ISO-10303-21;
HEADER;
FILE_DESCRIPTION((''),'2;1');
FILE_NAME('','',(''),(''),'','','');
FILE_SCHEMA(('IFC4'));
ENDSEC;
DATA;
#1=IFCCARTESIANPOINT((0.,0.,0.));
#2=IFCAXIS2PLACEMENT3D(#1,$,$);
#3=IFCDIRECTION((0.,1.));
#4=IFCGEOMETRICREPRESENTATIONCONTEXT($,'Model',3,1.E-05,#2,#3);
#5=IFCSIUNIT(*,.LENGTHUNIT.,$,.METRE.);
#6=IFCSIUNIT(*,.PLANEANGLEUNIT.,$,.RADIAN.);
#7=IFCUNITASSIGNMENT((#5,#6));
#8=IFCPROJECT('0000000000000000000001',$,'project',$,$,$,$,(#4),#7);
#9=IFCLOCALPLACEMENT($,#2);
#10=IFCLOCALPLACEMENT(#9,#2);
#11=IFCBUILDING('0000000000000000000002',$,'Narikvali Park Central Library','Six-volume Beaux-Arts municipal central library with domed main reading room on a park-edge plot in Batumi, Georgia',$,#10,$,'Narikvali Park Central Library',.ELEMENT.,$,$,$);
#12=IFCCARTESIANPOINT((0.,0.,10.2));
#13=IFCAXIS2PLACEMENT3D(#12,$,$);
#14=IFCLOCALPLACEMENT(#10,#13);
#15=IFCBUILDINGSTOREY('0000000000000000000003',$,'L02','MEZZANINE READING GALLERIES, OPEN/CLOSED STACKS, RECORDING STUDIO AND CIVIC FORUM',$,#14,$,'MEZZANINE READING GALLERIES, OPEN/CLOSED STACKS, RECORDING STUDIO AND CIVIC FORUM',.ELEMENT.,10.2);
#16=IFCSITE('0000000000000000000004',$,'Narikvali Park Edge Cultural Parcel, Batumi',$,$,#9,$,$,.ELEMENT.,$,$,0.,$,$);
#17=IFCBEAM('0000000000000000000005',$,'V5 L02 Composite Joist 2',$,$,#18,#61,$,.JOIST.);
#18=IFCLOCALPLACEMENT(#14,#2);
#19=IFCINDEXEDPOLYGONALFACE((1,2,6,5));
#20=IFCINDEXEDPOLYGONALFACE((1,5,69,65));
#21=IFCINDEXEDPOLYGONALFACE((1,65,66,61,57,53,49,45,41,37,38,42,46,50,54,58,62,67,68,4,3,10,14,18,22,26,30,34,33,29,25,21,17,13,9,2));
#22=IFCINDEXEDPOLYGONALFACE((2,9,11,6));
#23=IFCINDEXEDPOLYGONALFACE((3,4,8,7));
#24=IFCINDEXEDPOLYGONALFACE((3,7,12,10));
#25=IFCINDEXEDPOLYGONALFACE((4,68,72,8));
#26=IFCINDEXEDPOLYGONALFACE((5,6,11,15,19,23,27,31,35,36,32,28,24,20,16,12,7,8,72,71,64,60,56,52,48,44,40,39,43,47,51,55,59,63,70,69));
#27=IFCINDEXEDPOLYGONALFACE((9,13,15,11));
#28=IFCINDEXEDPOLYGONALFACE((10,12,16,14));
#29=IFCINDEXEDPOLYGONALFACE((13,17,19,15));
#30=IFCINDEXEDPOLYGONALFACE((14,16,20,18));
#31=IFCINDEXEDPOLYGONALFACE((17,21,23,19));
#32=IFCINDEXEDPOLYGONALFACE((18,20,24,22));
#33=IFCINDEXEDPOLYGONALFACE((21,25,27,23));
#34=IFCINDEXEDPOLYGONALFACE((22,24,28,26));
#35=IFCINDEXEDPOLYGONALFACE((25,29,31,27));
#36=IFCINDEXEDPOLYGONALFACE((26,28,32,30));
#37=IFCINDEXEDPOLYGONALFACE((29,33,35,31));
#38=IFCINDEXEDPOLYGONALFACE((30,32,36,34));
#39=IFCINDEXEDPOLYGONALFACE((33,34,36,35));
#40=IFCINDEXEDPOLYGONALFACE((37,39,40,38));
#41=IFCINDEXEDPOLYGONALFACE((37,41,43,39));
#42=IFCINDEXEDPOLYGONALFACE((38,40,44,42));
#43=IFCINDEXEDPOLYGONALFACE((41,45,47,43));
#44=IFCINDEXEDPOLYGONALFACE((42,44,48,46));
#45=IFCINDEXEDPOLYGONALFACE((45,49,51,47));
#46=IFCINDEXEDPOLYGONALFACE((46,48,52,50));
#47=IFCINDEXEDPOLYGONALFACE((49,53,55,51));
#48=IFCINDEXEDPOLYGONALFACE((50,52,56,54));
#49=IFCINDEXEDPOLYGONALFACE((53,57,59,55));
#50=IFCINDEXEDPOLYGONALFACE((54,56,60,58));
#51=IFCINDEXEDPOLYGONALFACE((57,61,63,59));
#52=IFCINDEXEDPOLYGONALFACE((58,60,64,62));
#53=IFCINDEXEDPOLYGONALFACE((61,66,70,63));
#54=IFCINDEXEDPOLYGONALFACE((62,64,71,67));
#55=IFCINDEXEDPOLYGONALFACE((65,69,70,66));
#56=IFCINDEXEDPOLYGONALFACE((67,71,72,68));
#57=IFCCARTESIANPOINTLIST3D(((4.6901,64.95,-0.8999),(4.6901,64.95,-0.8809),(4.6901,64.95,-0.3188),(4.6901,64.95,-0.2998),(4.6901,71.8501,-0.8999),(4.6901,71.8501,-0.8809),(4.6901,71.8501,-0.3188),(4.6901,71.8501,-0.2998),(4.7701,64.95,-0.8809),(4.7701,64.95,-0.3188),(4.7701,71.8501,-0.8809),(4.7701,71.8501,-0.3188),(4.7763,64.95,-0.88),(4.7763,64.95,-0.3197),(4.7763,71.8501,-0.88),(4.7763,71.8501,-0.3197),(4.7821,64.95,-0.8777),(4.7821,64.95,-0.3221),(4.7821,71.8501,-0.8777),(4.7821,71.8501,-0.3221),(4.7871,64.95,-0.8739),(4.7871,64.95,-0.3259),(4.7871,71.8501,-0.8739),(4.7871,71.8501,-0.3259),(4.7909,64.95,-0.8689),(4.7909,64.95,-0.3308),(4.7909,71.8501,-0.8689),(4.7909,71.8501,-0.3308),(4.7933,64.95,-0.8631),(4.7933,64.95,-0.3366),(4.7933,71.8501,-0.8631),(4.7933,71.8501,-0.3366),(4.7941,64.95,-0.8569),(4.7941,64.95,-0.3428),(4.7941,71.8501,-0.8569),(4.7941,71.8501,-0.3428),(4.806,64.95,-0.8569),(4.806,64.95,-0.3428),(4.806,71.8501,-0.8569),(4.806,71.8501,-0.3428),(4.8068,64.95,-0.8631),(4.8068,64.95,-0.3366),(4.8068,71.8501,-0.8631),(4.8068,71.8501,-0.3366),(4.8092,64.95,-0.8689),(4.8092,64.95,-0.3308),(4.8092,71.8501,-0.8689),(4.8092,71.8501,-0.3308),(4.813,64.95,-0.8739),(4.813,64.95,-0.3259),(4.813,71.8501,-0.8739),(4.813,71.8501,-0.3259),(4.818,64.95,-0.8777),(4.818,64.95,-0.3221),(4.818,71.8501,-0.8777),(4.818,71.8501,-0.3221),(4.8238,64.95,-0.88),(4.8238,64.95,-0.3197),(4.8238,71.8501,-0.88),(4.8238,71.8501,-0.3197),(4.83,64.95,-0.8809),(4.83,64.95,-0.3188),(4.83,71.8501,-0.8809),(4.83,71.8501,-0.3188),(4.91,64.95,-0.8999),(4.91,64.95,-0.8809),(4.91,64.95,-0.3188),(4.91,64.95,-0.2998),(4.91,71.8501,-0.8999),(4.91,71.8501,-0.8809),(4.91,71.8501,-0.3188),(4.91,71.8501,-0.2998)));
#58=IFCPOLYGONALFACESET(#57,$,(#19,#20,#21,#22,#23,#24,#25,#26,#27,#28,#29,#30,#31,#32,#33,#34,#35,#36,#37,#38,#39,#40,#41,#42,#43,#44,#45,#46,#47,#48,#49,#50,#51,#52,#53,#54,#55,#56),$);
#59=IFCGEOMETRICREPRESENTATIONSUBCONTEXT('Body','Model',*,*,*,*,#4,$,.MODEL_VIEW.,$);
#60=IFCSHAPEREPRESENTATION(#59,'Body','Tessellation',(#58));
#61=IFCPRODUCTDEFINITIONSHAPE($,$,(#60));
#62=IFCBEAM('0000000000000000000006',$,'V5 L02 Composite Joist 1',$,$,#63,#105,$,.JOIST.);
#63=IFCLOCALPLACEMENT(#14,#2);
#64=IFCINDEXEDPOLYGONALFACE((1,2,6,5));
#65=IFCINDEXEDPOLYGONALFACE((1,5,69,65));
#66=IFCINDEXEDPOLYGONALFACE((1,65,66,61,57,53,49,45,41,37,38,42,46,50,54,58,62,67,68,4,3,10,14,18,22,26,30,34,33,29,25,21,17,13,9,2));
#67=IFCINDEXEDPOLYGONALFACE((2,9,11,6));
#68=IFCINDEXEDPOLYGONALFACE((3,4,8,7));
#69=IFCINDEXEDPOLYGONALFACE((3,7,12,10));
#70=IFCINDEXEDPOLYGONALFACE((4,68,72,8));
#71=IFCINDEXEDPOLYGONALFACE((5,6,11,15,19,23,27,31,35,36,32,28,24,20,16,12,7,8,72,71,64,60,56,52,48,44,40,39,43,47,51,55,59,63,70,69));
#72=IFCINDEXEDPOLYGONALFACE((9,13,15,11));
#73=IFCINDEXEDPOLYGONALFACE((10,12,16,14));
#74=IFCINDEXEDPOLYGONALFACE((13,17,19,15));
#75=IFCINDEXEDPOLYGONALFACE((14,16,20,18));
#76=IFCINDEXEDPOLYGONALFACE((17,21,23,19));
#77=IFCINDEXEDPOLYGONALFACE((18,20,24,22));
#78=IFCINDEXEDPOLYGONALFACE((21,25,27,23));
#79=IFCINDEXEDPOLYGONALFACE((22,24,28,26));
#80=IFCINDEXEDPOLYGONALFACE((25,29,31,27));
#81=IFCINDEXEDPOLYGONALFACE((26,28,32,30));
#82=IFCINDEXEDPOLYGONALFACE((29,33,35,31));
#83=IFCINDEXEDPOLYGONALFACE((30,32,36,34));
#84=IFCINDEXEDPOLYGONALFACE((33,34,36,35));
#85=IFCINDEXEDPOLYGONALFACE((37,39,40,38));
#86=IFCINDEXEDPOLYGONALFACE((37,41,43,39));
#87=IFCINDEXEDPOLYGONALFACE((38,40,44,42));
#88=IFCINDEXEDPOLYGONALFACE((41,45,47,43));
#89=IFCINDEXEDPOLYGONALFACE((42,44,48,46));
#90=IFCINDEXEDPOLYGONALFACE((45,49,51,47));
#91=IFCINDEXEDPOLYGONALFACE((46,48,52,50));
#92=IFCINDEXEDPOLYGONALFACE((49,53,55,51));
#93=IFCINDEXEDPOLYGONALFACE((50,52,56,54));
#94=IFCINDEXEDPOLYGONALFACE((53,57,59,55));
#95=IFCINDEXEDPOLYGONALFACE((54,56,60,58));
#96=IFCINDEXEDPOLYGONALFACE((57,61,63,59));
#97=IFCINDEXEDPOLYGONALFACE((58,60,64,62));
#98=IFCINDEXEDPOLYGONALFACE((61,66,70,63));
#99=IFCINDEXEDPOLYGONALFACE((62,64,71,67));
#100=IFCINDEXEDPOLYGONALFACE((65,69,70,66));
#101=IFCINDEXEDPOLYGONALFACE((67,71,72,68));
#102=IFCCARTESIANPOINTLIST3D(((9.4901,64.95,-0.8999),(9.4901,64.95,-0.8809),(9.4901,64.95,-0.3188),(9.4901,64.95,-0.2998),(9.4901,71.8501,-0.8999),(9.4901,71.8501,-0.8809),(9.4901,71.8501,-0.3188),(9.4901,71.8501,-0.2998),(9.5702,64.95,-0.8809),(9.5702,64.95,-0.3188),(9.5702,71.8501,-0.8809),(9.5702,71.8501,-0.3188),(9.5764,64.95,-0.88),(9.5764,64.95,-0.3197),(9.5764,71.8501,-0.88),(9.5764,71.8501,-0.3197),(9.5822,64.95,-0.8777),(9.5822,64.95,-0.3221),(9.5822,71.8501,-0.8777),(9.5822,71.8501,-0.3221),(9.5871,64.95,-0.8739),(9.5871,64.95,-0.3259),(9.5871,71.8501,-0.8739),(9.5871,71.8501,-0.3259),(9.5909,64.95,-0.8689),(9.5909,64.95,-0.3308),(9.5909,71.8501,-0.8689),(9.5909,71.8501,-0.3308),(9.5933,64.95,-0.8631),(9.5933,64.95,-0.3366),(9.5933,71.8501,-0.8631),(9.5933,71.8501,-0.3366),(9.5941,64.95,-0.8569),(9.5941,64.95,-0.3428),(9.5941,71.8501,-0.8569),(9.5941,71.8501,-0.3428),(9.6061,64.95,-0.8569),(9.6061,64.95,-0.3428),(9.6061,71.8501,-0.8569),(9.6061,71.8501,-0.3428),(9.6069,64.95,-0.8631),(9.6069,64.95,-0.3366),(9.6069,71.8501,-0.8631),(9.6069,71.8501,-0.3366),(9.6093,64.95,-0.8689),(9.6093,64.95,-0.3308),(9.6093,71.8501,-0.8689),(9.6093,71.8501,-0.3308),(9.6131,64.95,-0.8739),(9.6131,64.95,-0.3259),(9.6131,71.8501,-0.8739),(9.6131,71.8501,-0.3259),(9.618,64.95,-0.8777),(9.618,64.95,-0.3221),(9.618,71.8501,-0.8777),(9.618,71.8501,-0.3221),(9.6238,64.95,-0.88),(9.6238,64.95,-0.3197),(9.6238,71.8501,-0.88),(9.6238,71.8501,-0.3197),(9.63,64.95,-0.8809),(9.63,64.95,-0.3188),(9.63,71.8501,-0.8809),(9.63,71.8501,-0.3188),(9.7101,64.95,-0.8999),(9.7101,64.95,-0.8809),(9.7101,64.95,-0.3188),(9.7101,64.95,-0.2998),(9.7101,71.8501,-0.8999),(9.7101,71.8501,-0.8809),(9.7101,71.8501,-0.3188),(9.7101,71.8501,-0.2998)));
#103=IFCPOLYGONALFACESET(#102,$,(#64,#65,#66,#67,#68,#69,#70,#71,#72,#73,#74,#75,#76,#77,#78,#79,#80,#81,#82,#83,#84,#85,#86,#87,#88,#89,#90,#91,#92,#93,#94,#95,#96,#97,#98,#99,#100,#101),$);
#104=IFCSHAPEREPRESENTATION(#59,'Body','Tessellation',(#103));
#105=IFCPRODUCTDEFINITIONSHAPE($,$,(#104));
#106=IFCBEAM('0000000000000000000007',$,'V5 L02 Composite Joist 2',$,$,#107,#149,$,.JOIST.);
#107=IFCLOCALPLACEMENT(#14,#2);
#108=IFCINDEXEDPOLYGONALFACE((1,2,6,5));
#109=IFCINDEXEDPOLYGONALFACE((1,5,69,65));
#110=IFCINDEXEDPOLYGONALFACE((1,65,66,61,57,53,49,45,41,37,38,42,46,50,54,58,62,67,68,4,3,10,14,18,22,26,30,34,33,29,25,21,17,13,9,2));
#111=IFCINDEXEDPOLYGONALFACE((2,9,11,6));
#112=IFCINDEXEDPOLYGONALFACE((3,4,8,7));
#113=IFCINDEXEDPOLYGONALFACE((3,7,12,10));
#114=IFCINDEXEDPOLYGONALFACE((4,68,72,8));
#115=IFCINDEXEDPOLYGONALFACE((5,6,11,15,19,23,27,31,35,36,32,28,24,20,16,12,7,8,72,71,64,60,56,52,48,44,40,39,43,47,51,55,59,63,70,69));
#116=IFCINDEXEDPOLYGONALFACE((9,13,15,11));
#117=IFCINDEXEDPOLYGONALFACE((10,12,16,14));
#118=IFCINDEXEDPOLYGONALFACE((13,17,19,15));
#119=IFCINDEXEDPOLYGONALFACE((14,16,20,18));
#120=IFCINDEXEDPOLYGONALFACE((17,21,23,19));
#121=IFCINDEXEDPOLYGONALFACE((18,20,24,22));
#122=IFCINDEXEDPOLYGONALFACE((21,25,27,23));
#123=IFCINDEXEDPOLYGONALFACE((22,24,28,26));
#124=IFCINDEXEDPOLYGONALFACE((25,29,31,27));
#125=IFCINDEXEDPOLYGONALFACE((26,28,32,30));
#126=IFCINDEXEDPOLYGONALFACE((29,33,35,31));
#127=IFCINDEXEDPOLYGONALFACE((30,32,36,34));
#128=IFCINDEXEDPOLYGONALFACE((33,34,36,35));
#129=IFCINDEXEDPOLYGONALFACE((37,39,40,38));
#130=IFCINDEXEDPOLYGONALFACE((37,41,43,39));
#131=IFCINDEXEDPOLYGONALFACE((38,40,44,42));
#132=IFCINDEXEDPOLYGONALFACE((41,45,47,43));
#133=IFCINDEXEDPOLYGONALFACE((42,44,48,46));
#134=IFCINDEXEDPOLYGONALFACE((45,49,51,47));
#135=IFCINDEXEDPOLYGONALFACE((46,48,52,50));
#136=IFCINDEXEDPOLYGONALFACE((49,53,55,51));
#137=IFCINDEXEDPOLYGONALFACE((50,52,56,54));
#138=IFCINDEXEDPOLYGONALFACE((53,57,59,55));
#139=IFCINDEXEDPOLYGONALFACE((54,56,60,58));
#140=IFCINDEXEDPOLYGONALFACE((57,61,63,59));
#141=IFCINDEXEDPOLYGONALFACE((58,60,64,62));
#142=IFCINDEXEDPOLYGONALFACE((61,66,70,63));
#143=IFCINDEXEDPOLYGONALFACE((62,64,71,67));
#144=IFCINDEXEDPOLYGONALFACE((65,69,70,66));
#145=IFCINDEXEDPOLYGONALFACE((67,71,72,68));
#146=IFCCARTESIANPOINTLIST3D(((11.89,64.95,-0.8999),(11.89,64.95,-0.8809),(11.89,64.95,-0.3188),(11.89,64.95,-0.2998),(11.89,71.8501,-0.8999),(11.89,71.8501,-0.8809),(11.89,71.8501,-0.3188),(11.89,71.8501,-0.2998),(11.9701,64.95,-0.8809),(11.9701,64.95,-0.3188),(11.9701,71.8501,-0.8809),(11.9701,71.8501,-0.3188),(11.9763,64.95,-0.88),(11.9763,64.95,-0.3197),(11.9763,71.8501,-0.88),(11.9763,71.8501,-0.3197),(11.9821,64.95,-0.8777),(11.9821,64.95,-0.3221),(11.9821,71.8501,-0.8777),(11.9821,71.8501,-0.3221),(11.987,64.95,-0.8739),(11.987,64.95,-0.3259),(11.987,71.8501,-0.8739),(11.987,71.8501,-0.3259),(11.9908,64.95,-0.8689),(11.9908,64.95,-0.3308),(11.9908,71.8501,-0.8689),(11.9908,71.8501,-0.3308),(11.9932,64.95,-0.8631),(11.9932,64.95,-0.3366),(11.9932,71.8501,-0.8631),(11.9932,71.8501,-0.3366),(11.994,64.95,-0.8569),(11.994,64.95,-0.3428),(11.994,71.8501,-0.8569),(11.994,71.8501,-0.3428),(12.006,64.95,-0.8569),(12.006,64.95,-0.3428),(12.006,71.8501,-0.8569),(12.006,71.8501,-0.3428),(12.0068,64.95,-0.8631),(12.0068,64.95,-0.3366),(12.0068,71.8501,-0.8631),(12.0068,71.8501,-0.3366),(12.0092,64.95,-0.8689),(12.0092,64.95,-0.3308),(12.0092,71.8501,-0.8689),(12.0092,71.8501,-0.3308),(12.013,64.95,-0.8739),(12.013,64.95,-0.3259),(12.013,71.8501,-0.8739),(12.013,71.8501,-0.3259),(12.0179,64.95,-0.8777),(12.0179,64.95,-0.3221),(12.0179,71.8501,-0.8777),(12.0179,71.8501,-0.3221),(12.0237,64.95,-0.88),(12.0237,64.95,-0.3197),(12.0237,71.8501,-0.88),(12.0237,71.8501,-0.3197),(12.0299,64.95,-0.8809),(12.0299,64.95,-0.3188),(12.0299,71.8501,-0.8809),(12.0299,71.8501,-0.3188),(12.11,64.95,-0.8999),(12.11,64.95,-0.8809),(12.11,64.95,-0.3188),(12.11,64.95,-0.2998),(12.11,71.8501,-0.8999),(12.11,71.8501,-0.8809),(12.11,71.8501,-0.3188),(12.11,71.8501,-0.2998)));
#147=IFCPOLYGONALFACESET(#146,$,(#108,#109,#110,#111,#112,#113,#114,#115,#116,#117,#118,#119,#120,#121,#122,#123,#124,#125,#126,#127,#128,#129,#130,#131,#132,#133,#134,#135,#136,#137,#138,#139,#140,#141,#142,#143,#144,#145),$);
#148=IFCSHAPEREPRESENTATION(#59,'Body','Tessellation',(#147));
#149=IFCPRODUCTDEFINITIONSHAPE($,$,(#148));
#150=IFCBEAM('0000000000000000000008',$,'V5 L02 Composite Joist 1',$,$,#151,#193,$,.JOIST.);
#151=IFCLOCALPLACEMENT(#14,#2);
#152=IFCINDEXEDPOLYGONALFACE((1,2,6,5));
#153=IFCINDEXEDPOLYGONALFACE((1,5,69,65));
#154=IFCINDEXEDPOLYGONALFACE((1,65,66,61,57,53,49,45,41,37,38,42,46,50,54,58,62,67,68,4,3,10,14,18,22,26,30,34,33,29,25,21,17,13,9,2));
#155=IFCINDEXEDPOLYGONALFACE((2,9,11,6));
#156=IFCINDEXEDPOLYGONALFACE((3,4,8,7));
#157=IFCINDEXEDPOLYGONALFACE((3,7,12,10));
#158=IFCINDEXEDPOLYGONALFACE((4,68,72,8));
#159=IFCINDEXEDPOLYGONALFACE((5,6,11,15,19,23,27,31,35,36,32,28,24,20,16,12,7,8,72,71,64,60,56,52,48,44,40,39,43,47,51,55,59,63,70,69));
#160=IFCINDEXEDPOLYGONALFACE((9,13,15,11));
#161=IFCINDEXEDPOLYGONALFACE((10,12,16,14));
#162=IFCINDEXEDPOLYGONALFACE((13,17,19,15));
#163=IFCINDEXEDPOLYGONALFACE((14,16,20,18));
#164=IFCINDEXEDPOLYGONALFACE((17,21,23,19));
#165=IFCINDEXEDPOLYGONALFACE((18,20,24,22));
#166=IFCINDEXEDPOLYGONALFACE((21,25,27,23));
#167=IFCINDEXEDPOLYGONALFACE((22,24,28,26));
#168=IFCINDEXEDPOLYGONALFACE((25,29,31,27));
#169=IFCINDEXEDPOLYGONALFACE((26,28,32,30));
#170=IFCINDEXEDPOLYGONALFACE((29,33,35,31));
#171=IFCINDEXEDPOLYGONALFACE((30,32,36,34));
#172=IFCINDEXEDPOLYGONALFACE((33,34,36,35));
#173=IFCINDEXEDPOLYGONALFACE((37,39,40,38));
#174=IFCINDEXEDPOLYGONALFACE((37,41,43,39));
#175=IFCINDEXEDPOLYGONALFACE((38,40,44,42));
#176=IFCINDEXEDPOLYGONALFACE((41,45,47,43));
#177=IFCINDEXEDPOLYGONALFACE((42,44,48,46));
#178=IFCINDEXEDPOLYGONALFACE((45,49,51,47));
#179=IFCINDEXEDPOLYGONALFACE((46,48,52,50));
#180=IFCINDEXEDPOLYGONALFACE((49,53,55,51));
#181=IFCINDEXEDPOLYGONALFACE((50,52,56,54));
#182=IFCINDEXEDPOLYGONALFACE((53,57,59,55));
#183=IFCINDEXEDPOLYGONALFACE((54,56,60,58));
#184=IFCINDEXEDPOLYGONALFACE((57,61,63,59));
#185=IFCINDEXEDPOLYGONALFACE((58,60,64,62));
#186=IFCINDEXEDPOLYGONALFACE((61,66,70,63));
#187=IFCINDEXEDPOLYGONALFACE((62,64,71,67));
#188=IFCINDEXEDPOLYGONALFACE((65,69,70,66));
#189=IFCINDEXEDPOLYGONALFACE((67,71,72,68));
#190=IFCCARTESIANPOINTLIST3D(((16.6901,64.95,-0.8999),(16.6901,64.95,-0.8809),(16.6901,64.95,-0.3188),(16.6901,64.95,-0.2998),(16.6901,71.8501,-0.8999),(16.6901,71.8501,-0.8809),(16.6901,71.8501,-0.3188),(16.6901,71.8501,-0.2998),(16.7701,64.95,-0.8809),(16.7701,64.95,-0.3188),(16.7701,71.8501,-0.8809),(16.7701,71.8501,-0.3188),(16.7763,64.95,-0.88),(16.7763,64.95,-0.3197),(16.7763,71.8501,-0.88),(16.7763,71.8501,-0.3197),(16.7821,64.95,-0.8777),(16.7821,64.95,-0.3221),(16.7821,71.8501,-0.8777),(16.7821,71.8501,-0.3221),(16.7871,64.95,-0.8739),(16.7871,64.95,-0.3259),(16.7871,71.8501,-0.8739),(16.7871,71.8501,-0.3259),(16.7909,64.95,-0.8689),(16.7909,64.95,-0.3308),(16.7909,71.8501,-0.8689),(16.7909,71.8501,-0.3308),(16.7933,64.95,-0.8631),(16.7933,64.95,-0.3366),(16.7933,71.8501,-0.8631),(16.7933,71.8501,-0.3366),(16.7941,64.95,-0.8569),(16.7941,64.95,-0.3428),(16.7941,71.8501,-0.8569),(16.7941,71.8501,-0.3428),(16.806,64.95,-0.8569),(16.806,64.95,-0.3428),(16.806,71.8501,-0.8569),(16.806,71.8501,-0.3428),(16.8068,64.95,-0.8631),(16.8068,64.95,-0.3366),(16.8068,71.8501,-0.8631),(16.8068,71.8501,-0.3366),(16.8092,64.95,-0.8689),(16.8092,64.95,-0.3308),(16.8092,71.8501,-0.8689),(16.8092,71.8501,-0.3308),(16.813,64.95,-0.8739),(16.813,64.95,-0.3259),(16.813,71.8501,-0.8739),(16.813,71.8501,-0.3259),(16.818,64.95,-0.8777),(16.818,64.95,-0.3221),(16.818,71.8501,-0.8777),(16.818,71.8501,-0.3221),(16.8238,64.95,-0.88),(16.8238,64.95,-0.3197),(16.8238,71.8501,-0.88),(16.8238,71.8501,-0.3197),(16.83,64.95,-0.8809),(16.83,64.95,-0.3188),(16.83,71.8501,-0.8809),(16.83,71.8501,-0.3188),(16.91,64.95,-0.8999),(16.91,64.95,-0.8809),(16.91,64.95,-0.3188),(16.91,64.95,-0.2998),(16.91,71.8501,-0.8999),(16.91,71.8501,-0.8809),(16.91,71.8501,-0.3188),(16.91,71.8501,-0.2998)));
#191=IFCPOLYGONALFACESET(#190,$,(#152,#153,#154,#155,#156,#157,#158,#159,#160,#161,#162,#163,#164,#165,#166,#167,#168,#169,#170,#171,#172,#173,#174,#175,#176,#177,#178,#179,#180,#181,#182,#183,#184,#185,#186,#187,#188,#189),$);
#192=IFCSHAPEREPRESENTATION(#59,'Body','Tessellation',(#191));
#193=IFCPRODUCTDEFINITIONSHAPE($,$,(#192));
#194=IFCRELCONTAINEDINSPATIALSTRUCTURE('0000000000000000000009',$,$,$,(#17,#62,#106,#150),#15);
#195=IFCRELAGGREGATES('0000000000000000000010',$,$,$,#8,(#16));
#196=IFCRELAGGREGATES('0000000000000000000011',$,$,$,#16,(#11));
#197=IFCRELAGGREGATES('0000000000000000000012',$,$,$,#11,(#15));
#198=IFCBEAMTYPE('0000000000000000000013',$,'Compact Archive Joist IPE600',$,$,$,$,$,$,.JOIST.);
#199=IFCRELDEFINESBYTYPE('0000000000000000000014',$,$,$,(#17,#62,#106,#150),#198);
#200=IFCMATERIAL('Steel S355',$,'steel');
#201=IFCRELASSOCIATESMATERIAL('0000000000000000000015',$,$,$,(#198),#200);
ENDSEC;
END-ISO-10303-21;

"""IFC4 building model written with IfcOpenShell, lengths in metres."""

from ifc_helpers import new_model, si_unit, direction, frame, origin, origin_2d, place, context, subcontext, project, spatial, i_section, extrude, material, material_profile, profile_set, type_object, element, save


model = new_model("IFC4")

# Units and contexts
model_context = context("Model", 3, precision=1e-05, world=origin(), true_north=direction((0.0, 1.0)))
body_context = subcontext(model_context, "Body", "Model", "MODEL_VIEW")
ifc_project = project(units=[si_unit("LENGTHUNIT", "METRE"), si_unit("PLANEANGLEUNIT", "RADIAN")], contexts=[model_context])

# Site, building, storey
site_placement = place(None, origin())
site = spatial("IfcSite", under=ifc_project, at=site_placement, Name="Narikvali Park Edge Cultural Parcel, Batumi", CompositionType="ELEMENT", RefElevation=0.0)
building_placement = place(site_placement, origin())
building = spatial("IfcBuilding", under=site, at=building_placement, Name="Narikvali Park Central Library", Description="Six-volume Beaux-Arts municipal central library with domed main reading room on a park-edge plot in Batumi, Georgia", LongName="Narikvali Park Central Library", CompositionType="ELEMENT")
storey_placement = place(building_placement, frame((0.0, 0.0, 10.2)))
storey = spatial("IfcBuildingStorey", under=building, at=storey_placement, Name="L02", Description="MEZZANINE READING GALLERIES, OPEN/CLOSED STACKS, RECORDING STUDIO AND CIVIC FORUM", LongName="MEZZANINE READING GALLERIES, OPEN/CLOSED STACKS, RECORDING STUDIO AND CIVIC FORUM", CompositionType="ELEMENT", Elevation=10.2)

# Shared definitions
ifc_material_1 = material(Name="Steel S355", Category="steel")

# Beams
ifc_material_profile_1 = material_profile(ifc_material_1, i_section(OverallWidth=0.22, OverallDepth=0.6001, WebThickness=0.012, FlangeThickness=0.019, FilletRadius=0.0239, at=origin_2d()), Name="IPE 600")
ifc_profile_set_1 = profile_set([ifc_material_profile_1], Name="Steel S355")
beam_type_1 = type_object("IfcBeamType", Name="Compact Archive Joist IPE600", PredefinedType="JOIST", material=ifc_profile_set_1)
for number, where, z_axis, x_axis, name in (
    (1, (4.8, 64.95, -0.5999), (0.0, 1.0, 0.0), (-1.0, 0.0, 0.0), "V5 L02 Composite Joist 2"),
    (2, (9.6001, 64.95, -0.5999), (0.0, 1.0, 0.0), (-1.0, 0.0, 0.0), "V5 L02 Composite Joist 1"),
    (3, (12.0, 64.95, -0.5999), (0.0, 1.0, 0.0), (-1.0, 0.0, 0.0), "V5 L02 Composite Joist 2"),
    (4, (16.8, 64.95, -0.5999), (0.0, 1.0, 0.0), (-1.0, 0.0, 0.0), "V5 L02 Composite Joist 1"),
):
    element("IfcBeam", number, at=place(storey_placement, frame(where, z_axis=z_axis, x_axis=x_axis)), inside=storey, type_object=beam_type_1, Name=name, PredefinedType="JOIST", context=body_context, shape_type="SweptSolid", body=[
        extrude(i_section(OverallWidth=0.22, OverallDepth=0.6001, WebThickness=0.012, FlangeThickness=0.019, FilletRadius=0.0239, at=origin_2d()), origin(), (0.0, 0.0, 1.0), 6.9001),
    ])

save(model, "model.ifc")
